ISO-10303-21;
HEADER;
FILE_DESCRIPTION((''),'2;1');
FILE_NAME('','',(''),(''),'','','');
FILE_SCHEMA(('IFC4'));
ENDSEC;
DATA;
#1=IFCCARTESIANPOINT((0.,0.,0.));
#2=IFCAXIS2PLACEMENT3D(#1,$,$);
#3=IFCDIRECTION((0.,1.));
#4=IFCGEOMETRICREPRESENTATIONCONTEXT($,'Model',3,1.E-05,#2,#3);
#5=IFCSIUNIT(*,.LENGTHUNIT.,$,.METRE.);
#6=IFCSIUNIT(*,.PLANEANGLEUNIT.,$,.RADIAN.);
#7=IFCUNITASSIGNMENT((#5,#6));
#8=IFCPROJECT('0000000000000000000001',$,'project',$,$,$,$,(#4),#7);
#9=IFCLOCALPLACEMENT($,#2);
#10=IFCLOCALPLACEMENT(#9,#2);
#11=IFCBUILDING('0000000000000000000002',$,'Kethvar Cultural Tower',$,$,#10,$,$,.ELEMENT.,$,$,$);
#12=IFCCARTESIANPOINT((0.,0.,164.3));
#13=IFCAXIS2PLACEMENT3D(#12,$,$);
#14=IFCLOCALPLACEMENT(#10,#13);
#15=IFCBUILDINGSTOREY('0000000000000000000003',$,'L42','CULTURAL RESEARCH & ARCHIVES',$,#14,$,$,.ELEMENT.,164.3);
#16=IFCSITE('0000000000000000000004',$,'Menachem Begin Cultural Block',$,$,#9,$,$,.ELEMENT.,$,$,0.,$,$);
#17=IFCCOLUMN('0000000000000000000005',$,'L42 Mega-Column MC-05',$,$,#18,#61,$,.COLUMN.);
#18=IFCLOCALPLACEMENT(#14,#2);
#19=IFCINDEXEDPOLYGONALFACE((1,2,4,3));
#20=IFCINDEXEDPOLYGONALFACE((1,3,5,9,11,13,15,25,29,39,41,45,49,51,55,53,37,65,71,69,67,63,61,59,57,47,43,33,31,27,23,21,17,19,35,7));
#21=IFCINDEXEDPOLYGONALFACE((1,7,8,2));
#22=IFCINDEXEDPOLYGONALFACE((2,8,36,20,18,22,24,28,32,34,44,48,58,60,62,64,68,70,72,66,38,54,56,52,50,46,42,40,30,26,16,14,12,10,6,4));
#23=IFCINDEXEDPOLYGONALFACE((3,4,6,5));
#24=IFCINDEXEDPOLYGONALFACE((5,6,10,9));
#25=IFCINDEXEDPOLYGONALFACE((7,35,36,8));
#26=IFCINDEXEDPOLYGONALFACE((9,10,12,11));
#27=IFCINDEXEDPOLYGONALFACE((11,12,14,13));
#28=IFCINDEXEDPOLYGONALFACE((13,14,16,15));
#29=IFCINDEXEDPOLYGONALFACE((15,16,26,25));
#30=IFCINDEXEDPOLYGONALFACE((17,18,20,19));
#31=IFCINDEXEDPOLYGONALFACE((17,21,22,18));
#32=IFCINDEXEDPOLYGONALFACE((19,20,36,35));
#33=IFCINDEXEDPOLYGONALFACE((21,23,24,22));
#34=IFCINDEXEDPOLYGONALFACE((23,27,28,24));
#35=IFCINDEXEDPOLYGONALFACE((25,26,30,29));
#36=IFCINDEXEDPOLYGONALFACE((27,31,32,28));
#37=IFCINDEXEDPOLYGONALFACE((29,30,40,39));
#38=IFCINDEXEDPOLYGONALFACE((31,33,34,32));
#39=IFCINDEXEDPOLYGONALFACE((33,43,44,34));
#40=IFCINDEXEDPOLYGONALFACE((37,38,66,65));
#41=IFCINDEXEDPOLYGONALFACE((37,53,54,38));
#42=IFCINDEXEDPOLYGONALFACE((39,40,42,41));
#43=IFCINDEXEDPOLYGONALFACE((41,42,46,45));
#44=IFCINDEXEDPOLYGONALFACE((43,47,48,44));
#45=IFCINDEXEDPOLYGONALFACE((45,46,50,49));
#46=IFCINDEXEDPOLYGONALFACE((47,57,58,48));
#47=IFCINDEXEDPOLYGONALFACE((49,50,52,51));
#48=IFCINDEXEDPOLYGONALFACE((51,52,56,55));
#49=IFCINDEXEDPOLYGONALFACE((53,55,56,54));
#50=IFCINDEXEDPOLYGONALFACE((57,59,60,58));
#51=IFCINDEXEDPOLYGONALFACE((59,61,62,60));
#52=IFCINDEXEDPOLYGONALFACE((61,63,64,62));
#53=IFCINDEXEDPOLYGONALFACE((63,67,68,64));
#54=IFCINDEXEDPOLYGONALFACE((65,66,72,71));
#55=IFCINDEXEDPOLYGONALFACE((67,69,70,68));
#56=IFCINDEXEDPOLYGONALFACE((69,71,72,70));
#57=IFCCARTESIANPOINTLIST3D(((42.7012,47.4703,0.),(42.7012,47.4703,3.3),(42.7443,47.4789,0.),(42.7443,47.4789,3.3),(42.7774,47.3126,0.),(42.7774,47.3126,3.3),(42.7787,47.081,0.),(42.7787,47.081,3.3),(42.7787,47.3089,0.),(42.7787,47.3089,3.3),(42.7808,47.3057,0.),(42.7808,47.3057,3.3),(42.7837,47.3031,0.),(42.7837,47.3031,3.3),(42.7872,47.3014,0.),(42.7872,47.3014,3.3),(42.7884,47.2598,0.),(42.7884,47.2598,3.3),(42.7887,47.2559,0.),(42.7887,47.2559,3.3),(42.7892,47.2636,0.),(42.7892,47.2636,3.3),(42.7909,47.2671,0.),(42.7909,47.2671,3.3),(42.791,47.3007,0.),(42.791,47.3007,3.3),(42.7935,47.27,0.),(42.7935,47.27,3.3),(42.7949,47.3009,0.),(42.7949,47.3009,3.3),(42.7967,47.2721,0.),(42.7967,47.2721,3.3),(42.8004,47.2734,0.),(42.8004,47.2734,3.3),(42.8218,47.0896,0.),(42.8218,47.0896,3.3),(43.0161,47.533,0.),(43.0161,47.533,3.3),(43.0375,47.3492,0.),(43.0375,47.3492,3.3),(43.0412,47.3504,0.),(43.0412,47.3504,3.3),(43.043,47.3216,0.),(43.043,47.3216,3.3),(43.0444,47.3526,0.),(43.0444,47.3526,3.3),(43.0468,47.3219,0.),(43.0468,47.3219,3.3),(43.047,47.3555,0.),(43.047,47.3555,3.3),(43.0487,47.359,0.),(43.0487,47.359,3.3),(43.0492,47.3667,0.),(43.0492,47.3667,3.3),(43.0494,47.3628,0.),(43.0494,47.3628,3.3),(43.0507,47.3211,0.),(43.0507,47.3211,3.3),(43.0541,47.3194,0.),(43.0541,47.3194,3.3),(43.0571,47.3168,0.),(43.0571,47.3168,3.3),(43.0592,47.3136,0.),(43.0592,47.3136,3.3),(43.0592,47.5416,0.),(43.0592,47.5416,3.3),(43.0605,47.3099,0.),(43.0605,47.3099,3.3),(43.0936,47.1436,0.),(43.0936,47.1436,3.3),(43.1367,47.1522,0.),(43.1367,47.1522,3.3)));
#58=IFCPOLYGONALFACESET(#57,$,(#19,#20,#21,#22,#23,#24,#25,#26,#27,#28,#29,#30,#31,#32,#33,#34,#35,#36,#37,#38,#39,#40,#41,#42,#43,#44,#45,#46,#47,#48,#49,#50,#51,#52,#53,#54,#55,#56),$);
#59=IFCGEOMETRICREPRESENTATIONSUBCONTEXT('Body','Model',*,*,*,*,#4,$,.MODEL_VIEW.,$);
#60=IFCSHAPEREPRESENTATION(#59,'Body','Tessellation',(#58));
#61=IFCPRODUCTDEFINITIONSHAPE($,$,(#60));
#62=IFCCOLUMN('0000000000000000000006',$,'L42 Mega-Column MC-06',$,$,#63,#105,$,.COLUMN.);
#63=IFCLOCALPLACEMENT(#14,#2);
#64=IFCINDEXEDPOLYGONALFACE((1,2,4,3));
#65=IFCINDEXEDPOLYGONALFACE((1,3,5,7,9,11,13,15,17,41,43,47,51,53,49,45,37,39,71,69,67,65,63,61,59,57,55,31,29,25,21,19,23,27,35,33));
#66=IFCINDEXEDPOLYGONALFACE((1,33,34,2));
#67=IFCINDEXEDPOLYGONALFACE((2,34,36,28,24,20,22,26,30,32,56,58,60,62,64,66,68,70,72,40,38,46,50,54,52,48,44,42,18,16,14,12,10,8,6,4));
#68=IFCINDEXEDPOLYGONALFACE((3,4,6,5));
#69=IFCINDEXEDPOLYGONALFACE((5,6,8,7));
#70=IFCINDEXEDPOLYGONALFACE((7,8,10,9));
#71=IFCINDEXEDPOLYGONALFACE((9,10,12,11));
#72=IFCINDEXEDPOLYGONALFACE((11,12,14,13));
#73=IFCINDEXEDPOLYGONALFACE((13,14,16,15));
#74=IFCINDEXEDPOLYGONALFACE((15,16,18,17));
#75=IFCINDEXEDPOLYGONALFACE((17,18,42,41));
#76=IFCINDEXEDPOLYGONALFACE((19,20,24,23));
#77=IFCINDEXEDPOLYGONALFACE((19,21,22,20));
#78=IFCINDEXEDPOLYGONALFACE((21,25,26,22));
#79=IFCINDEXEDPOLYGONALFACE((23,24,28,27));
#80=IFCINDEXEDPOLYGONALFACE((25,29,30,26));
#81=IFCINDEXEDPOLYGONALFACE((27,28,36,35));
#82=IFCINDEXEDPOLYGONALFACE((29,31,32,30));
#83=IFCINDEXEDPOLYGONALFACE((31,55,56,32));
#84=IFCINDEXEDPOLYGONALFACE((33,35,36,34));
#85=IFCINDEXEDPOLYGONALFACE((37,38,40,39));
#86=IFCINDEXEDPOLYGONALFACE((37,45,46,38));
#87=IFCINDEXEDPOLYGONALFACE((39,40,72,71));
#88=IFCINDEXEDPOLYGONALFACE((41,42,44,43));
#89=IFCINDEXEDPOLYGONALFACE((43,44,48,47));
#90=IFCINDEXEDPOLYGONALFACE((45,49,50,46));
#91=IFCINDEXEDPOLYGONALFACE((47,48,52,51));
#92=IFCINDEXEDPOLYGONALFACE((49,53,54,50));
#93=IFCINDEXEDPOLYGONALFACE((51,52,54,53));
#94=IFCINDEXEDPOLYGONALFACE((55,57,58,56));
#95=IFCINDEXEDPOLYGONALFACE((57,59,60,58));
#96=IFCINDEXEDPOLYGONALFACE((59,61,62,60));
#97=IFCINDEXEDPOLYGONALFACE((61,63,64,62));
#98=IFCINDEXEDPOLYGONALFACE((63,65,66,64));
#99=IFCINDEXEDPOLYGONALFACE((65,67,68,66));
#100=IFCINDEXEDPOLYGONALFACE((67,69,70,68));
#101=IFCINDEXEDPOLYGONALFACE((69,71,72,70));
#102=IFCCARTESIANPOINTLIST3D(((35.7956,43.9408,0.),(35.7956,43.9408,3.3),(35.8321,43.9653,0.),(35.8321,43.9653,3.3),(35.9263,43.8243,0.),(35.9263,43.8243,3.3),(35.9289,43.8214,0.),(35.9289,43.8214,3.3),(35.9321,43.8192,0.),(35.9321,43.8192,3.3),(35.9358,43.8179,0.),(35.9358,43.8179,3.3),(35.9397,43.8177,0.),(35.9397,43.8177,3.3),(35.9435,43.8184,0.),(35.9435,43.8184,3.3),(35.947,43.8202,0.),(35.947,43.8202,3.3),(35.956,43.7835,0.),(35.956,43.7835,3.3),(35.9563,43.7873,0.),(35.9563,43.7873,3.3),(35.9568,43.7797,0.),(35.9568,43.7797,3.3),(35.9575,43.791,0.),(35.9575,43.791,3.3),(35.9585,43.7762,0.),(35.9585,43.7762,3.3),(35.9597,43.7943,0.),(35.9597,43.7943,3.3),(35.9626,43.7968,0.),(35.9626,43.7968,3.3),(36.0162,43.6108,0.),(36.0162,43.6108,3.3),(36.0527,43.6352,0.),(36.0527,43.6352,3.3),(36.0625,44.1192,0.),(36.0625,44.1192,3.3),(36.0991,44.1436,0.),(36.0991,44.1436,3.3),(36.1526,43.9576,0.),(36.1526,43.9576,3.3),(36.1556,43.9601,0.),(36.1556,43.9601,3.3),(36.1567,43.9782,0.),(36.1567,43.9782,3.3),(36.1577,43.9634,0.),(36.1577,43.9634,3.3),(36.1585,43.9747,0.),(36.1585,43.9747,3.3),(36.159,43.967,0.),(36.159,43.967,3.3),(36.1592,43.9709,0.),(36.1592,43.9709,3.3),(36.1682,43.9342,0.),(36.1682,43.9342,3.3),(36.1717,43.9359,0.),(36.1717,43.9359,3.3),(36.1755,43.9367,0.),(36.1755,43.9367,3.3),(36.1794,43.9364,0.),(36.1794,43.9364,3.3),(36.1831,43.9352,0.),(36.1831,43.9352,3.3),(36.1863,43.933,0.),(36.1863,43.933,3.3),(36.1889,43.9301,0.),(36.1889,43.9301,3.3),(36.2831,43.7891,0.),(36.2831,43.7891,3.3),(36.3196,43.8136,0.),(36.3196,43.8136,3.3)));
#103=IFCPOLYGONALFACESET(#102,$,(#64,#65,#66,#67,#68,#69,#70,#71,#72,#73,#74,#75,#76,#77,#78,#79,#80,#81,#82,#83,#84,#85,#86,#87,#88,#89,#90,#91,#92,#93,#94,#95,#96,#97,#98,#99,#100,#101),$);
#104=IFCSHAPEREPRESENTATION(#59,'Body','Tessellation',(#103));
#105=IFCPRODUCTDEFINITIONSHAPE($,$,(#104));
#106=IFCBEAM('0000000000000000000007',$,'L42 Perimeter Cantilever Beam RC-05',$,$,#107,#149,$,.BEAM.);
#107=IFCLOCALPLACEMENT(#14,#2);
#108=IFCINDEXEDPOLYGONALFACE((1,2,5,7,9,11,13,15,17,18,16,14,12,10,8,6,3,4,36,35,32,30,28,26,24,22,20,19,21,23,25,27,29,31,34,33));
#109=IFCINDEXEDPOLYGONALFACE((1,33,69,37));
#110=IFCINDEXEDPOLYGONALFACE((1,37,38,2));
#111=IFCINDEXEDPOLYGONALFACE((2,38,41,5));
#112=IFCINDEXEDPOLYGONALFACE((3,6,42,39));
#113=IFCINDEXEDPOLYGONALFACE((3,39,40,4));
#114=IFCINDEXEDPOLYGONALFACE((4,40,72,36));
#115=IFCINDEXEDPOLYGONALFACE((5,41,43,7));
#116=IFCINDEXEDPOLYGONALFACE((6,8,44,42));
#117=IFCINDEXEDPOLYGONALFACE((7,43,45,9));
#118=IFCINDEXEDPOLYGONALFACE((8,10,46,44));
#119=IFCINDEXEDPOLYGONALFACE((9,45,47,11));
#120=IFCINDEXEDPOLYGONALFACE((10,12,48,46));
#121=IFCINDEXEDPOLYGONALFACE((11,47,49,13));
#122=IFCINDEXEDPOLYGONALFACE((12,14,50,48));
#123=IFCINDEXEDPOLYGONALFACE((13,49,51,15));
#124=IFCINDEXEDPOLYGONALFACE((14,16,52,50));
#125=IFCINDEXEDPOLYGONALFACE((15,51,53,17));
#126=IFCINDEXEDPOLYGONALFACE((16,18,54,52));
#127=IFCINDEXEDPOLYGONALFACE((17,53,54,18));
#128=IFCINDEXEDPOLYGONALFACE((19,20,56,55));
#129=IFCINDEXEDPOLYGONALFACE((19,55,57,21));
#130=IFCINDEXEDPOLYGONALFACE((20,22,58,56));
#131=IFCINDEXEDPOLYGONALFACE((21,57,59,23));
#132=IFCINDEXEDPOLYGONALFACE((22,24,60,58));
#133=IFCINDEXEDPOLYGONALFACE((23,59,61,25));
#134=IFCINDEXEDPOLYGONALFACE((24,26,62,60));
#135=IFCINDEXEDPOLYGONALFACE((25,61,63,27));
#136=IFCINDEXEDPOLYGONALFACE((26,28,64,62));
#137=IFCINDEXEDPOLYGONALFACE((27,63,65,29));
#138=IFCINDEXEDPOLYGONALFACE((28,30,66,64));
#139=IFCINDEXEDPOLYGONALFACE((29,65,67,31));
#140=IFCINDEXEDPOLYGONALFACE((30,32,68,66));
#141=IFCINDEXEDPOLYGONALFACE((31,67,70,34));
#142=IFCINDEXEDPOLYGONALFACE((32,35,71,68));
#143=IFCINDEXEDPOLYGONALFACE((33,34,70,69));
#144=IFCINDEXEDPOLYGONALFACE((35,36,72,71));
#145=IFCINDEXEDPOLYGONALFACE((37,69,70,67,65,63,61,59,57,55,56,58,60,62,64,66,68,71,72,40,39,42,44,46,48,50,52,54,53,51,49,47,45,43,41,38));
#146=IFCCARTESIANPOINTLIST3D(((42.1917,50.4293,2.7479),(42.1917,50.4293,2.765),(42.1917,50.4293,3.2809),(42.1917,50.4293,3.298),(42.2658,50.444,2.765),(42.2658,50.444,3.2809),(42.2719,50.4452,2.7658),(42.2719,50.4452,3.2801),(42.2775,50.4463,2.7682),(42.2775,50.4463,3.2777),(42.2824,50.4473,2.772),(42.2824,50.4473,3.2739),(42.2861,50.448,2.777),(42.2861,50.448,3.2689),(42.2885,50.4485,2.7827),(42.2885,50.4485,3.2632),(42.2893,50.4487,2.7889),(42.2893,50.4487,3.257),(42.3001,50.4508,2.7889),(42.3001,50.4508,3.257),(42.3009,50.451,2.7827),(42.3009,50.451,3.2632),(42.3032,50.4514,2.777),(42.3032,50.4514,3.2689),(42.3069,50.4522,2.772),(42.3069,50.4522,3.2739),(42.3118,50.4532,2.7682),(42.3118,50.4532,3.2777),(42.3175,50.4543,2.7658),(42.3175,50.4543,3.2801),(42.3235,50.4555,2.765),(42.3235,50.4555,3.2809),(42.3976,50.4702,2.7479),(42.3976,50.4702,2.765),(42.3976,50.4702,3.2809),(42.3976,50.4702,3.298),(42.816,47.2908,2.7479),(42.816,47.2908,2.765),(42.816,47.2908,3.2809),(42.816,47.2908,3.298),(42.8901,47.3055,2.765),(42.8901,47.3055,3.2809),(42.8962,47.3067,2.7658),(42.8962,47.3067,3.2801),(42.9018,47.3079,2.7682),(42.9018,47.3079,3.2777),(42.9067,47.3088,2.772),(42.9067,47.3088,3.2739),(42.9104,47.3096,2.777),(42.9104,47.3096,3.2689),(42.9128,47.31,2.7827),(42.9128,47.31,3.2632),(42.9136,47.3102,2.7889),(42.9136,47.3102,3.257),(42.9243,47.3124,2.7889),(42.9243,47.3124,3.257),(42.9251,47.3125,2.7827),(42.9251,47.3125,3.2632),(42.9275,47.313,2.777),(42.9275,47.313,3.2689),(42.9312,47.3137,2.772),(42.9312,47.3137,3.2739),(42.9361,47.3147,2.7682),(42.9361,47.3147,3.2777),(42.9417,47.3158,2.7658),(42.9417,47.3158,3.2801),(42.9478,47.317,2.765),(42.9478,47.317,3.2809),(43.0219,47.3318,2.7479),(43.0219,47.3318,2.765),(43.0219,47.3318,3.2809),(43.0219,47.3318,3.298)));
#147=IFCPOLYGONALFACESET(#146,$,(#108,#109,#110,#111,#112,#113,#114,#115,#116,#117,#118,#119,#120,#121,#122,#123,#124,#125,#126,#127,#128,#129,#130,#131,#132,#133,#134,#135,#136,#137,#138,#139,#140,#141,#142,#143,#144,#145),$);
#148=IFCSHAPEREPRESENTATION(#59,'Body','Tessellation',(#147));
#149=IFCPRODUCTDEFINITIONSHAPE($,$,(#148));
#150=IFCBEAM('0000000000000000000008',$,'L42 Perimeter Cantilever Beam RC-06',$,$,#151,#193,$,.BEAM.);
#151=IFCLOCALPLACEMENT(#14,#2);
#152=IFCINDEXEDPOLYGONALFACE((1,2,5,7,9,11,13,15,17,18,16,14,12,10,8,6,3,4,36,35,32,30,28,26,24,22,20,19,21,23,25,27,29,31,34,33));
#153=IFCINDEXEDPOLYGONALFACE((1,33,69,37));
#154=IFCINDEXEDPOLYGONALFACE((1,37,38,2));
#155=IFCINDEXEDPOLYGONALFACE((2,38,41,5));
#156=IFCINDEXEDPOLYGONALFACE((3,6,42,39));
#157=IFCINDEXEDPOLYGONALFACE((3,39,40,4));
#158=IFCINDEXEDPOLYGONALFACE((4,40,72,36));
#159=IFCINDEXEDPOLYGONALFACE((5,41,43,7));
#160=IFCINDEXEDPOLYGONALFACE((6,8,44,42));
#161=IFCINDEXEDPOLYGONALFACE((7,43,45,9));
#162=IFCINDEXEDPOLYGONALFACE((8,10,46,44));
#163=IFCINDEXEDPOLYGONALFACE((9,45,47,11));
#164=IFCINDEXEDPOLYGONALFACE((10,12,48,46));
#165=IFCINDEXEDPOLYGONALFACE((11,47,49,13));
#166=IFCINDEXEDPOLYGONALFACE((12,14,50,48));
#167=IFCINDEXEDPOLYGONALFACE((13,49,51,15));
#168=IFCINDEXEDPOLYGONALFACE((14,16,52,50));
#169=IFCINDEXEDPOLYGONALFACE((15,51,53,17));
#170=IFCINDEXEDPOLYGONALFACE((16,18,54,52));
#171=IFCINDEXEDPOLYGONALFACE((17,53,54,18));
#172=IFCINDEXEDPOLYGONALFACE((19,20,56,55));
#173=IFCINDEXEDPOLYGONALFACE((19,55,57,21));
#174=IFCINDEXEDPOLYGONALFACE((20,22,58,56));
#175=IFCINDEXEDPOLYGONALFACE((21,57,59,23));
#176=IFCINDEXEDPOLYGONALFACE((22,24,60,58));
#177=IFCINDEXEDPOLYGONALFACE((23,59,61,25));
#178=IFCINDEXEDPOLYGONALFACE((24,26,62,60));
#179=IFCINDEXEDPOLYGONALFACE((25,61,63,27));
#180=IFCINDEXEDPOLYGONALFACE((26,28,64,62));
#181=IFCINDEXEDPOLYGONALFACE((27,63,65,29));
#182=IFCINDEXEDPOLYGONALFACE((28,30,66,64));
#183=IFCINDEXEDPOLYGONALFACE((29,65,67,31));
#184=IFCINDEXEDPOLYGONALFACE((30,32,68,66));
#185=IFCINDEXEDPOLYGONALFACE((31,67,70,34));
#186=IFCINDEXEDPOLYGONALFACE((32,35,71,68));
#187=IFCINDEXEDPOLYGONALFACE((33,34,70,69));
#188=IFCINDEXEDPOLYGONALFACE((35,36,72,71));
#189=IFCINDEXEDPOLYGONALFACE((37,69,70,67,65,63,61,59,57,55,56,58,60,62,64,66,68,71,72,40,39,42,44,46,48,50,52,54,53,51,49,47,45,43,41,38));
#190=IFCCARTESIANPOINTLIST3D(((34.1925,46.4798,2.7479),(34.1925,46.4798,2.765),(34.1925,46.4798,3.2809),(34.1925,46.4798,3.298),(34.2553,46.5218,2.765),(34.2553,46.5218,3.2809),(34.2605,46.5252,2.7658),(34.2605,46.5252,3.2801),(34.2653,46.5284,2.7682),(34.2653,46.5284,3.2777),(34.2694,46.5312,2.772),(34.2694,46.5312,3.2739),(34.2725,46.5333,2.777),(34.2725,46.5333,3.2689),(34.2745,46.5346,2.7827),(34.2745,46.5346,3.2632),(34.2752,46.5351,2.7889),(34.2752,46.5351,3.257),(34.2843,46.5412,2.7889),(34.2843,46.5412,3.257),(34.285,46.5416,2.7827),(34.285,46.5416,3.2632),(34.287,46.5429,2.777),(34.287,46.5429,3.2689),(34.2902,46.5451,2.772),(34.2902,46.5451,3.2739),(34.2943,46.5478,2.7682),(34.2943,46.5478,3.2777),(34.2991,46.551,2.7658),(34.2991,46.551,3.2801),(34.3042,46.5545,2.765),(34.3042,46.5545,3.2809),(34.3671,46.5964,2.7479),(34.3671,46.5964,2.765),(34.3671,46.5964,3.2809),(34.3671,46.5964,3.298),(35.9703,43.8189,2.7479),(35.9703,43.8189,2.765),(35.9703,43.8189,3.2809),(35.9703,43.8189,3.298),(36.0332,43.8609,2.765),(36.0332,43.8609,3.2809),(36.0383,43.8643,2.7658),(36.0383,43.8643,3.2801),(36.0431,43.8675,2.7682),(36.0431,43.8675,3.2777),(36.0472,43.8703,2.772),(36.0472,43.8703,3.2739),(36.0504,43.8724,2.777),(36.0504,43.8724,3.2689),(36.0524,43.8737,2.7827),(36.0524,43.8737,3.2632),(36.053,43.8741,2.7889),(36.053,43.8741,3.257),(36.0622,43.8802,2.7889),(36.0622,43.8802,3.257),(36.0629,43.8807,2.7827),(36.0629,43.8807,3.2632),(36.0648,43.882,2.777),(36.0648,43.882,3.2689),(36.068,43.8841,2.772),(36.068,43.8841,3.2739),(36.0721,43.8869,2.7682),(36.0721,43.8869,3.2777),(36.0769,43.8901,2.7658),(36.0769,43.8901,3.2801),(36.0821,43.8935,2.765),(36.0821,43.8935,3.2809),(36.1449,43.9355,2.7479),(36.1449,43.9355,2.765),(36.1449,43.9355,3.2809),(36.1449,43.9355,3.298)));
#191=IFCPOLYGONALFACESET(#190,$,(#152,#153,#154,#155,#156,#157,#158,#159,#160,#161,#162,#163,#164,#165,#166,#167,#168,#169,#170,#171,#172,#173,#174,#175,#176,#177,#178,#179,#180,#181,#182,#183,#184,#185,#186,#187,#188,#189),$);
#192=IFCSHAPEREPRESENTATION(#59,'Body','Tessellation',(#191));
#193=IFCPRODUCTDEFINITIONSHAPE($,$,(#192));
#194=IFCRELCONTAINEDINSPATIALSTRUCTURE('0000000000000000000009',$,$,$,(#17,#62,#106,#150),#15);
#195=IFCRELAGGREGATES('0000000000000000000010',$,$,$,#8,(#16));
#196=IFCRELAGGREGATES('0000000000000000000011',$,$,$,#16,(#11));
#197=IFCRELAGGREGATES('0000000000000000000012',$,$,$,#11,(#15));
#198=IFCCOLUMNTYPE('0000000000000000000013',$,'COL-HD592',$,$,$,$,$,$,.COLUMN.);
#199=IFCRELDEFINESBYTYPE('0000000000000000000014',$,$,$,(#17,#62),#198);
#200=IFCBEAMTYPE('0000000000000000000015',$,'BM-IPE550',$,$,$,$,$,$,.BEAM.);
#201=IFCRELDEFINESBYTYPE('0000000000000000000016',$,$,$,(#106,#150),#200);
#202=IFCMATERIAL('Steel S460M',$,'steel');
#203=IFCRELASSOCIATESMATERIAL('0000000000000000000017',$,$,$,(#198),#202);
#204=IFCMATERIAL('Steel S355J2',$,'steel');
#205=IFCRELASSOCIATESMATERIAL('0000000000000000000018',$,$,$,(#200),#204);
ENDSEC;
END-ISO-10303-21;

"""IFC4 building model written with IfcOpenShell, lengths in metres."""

from ifc_helpers import new_model, si_unit, direction, frame, origin, origin_2d, place, context, subcontext, project, spatial, i_section, extrude, source, transform, mapped, material, material_profile, profile_set, type_object, element, save


model = new_model("IFC4")

# Units and contexts
model_context = context("Model", 3, precision=1e-05, world=origin(), true_north=direction((0.0, 1.0)))
body_context = subcontext(model_context, "Body", "Model", "MODEL_VIEW")
ifc_project = project(units=[si_unit("LENGTHUNIT", "METRE"), si_unit("PLANEANGLEUNIT", "RADIAN")], contexts=[model_context])

# Site, building, storey
site_placement = place(None, origin())
site = spatial("IfcSite", under=ifc_project, at=site_placement, Name="Menachem Begin Cultural Block", CompositionType="ELEMENT", RefElevation=0.0)
building_placement = place(site_placement, origin())
building = spatial("IfcBuilding", under=site, at=building_placement, Name="Kethvar Cultural Tower", CompositionType="ELEMENT")
storey_placement = place(building_placement, frame((0.0, 0.0, 164.3)))
storey = spatial("IfcBuildingStorey", under=building, at=storey_placement, Name="L42", Description="CULTURAL RESEARCH & ARCHIVES", CompositionType="ELEMENT", Elevation=164.3)

# Columns
ifc_material_1 = material(Name="Steel S460M", Category="steel")
ifc_material_profile_1 = material_profile(ifc_material_1, i_section(OverallWidth=0.397, OverallDepth=0.365, WebThickness=0.0281, FlangeThickness=0.0439, FilletRadius=0.0149, at=origin_2d()), Name="Steel S460M — HD400x592")
ifc_profile_set_1 = profile_set([ifc_material_profile_1], Name="Steel S460M — HD400x592")
column_type = type_object("IfcColumnType", Name="COL-HD592", PredefinedType="COLUMN", material=ifc_profile_set_1)
shared_shape_1 = source(origin(), body_context, "Body", "SweptSolid", [
    extrude(i_section(OverallWidth=0.397, OverallDepth=0.365, WebThickness=0.0281, FlangeThickness=0.0439, FilletRadius=0.0149, at=origin_2d()), origin(), (0.0, 0.0, 1.0), 3.3),
])
for number, where, z_axis, x_axis, name in (
    (1, (42.9189, 47.3113, 0.0), (0.0, 0.0, 1.0), (-0.19509, 0.980785, 0.0), "L42 Mega-Column MC-05"),
    (2, (36.0576, 43.8772, 0.0), (0.0, 0.0, 1.0), (-0.55557, 0.83147, 0.0), "L42 Mega-Column MC-06"),
):
    element("IfcColumn", number, at=place(storey_placement, frame(where, z_axis=z_axis, x_axis=x_axis)), inside=storey, type_object=column_type, Name=name, PredefinedType="COLUMN", context=body_context, shape_type="MappedRepresentation", body=[
        mapped(shared_shape_1, transform((0.0, 0.0, 0.0), scale=1.0)),
    ])

# Beams
ifc_material_2 = material(Name="Steel S355J2", Category="steel")
ifc_material_profile_2 = material_profile(ifc_material_2, i_section(OverallWidth=0.21, OverallDepth=0.55, WebThickness=0.011, FlangeThickness=0.0171, FilletRadius=0.0239, at=origin_2d()), Name="Steel S355J2 — IPE550")
ifc_profile_set_2 = profile_set([ifc_material_profile_2], Name="Steel S355J2 — IPE550")
beam_type_1 = type_object("IfcBeamType", Name="BM-IPE550", PredefinedType="BEAM", material=ifc_profile_set_2)
shared_shape_2 = source(origin(), body_context, "Body", "SweptSolid", [
    extrude(i_section(OverallWidth=0.21, OverallDepth=0.55, WebThickness=0.011, FlangeThickness=0.0171, FilletRadius=0.0239, at=origin_2d()), origin(), (0.0, 0.0, 1.0), 3.2),
])
beam_1_placement = place(storey_placement, frame((42.9189, 47.3113, 3.0229), z_axis=(-0.195089, 0.980786, 0.0), x_axis=(-0.980786, -0.195089, 0.0)))
element("IfcBeam", 3, at=beam_1_placement, inside=storey, type_object=beam_type_1, Name="L42 Perimeter Cantilever Beam RC-05", PredefinedType="BEAM", context=body_context, shape_type="MappedRepresentation", body=[
    mapped(shared_shape_2, transform((0.0, 0.0, 0.0), scale=1.0)),
])
shared_shape_3 = source(origin(), body_context, "Body", "SweptSolid", [
    extrude(i_section(OverallWidth=0.21, OverallDepth=0.55, WebThickness=0.011, FlangeThickness=0.0171, FilletRadius=0.0239, at=origin_2d()), origin(), (0.0, 0.0, 1.0), 3.2002),
])
beam_2_placement = place(storey_placement, frame((36.0576, 43.8772, 3.0229), z_axis=(-0.555545, 0.831486, 0.0), x_axis=(-0.831486, -0.555545, 0.0)))
element("IfcBeam", 4, at=beam_2_placement, inside=storey, type_object=beam_type_1, Name="L42 Perimeter Cantilever Beam RC-06", PredefinedType="BEAM", context=body_context, shape_type="MappedRepresentation", body=[
    mapped(shared_shape_3, transform((0.0, 0.0, 0.0), scale=1.0)),
])

save(model, "model.ifc")
